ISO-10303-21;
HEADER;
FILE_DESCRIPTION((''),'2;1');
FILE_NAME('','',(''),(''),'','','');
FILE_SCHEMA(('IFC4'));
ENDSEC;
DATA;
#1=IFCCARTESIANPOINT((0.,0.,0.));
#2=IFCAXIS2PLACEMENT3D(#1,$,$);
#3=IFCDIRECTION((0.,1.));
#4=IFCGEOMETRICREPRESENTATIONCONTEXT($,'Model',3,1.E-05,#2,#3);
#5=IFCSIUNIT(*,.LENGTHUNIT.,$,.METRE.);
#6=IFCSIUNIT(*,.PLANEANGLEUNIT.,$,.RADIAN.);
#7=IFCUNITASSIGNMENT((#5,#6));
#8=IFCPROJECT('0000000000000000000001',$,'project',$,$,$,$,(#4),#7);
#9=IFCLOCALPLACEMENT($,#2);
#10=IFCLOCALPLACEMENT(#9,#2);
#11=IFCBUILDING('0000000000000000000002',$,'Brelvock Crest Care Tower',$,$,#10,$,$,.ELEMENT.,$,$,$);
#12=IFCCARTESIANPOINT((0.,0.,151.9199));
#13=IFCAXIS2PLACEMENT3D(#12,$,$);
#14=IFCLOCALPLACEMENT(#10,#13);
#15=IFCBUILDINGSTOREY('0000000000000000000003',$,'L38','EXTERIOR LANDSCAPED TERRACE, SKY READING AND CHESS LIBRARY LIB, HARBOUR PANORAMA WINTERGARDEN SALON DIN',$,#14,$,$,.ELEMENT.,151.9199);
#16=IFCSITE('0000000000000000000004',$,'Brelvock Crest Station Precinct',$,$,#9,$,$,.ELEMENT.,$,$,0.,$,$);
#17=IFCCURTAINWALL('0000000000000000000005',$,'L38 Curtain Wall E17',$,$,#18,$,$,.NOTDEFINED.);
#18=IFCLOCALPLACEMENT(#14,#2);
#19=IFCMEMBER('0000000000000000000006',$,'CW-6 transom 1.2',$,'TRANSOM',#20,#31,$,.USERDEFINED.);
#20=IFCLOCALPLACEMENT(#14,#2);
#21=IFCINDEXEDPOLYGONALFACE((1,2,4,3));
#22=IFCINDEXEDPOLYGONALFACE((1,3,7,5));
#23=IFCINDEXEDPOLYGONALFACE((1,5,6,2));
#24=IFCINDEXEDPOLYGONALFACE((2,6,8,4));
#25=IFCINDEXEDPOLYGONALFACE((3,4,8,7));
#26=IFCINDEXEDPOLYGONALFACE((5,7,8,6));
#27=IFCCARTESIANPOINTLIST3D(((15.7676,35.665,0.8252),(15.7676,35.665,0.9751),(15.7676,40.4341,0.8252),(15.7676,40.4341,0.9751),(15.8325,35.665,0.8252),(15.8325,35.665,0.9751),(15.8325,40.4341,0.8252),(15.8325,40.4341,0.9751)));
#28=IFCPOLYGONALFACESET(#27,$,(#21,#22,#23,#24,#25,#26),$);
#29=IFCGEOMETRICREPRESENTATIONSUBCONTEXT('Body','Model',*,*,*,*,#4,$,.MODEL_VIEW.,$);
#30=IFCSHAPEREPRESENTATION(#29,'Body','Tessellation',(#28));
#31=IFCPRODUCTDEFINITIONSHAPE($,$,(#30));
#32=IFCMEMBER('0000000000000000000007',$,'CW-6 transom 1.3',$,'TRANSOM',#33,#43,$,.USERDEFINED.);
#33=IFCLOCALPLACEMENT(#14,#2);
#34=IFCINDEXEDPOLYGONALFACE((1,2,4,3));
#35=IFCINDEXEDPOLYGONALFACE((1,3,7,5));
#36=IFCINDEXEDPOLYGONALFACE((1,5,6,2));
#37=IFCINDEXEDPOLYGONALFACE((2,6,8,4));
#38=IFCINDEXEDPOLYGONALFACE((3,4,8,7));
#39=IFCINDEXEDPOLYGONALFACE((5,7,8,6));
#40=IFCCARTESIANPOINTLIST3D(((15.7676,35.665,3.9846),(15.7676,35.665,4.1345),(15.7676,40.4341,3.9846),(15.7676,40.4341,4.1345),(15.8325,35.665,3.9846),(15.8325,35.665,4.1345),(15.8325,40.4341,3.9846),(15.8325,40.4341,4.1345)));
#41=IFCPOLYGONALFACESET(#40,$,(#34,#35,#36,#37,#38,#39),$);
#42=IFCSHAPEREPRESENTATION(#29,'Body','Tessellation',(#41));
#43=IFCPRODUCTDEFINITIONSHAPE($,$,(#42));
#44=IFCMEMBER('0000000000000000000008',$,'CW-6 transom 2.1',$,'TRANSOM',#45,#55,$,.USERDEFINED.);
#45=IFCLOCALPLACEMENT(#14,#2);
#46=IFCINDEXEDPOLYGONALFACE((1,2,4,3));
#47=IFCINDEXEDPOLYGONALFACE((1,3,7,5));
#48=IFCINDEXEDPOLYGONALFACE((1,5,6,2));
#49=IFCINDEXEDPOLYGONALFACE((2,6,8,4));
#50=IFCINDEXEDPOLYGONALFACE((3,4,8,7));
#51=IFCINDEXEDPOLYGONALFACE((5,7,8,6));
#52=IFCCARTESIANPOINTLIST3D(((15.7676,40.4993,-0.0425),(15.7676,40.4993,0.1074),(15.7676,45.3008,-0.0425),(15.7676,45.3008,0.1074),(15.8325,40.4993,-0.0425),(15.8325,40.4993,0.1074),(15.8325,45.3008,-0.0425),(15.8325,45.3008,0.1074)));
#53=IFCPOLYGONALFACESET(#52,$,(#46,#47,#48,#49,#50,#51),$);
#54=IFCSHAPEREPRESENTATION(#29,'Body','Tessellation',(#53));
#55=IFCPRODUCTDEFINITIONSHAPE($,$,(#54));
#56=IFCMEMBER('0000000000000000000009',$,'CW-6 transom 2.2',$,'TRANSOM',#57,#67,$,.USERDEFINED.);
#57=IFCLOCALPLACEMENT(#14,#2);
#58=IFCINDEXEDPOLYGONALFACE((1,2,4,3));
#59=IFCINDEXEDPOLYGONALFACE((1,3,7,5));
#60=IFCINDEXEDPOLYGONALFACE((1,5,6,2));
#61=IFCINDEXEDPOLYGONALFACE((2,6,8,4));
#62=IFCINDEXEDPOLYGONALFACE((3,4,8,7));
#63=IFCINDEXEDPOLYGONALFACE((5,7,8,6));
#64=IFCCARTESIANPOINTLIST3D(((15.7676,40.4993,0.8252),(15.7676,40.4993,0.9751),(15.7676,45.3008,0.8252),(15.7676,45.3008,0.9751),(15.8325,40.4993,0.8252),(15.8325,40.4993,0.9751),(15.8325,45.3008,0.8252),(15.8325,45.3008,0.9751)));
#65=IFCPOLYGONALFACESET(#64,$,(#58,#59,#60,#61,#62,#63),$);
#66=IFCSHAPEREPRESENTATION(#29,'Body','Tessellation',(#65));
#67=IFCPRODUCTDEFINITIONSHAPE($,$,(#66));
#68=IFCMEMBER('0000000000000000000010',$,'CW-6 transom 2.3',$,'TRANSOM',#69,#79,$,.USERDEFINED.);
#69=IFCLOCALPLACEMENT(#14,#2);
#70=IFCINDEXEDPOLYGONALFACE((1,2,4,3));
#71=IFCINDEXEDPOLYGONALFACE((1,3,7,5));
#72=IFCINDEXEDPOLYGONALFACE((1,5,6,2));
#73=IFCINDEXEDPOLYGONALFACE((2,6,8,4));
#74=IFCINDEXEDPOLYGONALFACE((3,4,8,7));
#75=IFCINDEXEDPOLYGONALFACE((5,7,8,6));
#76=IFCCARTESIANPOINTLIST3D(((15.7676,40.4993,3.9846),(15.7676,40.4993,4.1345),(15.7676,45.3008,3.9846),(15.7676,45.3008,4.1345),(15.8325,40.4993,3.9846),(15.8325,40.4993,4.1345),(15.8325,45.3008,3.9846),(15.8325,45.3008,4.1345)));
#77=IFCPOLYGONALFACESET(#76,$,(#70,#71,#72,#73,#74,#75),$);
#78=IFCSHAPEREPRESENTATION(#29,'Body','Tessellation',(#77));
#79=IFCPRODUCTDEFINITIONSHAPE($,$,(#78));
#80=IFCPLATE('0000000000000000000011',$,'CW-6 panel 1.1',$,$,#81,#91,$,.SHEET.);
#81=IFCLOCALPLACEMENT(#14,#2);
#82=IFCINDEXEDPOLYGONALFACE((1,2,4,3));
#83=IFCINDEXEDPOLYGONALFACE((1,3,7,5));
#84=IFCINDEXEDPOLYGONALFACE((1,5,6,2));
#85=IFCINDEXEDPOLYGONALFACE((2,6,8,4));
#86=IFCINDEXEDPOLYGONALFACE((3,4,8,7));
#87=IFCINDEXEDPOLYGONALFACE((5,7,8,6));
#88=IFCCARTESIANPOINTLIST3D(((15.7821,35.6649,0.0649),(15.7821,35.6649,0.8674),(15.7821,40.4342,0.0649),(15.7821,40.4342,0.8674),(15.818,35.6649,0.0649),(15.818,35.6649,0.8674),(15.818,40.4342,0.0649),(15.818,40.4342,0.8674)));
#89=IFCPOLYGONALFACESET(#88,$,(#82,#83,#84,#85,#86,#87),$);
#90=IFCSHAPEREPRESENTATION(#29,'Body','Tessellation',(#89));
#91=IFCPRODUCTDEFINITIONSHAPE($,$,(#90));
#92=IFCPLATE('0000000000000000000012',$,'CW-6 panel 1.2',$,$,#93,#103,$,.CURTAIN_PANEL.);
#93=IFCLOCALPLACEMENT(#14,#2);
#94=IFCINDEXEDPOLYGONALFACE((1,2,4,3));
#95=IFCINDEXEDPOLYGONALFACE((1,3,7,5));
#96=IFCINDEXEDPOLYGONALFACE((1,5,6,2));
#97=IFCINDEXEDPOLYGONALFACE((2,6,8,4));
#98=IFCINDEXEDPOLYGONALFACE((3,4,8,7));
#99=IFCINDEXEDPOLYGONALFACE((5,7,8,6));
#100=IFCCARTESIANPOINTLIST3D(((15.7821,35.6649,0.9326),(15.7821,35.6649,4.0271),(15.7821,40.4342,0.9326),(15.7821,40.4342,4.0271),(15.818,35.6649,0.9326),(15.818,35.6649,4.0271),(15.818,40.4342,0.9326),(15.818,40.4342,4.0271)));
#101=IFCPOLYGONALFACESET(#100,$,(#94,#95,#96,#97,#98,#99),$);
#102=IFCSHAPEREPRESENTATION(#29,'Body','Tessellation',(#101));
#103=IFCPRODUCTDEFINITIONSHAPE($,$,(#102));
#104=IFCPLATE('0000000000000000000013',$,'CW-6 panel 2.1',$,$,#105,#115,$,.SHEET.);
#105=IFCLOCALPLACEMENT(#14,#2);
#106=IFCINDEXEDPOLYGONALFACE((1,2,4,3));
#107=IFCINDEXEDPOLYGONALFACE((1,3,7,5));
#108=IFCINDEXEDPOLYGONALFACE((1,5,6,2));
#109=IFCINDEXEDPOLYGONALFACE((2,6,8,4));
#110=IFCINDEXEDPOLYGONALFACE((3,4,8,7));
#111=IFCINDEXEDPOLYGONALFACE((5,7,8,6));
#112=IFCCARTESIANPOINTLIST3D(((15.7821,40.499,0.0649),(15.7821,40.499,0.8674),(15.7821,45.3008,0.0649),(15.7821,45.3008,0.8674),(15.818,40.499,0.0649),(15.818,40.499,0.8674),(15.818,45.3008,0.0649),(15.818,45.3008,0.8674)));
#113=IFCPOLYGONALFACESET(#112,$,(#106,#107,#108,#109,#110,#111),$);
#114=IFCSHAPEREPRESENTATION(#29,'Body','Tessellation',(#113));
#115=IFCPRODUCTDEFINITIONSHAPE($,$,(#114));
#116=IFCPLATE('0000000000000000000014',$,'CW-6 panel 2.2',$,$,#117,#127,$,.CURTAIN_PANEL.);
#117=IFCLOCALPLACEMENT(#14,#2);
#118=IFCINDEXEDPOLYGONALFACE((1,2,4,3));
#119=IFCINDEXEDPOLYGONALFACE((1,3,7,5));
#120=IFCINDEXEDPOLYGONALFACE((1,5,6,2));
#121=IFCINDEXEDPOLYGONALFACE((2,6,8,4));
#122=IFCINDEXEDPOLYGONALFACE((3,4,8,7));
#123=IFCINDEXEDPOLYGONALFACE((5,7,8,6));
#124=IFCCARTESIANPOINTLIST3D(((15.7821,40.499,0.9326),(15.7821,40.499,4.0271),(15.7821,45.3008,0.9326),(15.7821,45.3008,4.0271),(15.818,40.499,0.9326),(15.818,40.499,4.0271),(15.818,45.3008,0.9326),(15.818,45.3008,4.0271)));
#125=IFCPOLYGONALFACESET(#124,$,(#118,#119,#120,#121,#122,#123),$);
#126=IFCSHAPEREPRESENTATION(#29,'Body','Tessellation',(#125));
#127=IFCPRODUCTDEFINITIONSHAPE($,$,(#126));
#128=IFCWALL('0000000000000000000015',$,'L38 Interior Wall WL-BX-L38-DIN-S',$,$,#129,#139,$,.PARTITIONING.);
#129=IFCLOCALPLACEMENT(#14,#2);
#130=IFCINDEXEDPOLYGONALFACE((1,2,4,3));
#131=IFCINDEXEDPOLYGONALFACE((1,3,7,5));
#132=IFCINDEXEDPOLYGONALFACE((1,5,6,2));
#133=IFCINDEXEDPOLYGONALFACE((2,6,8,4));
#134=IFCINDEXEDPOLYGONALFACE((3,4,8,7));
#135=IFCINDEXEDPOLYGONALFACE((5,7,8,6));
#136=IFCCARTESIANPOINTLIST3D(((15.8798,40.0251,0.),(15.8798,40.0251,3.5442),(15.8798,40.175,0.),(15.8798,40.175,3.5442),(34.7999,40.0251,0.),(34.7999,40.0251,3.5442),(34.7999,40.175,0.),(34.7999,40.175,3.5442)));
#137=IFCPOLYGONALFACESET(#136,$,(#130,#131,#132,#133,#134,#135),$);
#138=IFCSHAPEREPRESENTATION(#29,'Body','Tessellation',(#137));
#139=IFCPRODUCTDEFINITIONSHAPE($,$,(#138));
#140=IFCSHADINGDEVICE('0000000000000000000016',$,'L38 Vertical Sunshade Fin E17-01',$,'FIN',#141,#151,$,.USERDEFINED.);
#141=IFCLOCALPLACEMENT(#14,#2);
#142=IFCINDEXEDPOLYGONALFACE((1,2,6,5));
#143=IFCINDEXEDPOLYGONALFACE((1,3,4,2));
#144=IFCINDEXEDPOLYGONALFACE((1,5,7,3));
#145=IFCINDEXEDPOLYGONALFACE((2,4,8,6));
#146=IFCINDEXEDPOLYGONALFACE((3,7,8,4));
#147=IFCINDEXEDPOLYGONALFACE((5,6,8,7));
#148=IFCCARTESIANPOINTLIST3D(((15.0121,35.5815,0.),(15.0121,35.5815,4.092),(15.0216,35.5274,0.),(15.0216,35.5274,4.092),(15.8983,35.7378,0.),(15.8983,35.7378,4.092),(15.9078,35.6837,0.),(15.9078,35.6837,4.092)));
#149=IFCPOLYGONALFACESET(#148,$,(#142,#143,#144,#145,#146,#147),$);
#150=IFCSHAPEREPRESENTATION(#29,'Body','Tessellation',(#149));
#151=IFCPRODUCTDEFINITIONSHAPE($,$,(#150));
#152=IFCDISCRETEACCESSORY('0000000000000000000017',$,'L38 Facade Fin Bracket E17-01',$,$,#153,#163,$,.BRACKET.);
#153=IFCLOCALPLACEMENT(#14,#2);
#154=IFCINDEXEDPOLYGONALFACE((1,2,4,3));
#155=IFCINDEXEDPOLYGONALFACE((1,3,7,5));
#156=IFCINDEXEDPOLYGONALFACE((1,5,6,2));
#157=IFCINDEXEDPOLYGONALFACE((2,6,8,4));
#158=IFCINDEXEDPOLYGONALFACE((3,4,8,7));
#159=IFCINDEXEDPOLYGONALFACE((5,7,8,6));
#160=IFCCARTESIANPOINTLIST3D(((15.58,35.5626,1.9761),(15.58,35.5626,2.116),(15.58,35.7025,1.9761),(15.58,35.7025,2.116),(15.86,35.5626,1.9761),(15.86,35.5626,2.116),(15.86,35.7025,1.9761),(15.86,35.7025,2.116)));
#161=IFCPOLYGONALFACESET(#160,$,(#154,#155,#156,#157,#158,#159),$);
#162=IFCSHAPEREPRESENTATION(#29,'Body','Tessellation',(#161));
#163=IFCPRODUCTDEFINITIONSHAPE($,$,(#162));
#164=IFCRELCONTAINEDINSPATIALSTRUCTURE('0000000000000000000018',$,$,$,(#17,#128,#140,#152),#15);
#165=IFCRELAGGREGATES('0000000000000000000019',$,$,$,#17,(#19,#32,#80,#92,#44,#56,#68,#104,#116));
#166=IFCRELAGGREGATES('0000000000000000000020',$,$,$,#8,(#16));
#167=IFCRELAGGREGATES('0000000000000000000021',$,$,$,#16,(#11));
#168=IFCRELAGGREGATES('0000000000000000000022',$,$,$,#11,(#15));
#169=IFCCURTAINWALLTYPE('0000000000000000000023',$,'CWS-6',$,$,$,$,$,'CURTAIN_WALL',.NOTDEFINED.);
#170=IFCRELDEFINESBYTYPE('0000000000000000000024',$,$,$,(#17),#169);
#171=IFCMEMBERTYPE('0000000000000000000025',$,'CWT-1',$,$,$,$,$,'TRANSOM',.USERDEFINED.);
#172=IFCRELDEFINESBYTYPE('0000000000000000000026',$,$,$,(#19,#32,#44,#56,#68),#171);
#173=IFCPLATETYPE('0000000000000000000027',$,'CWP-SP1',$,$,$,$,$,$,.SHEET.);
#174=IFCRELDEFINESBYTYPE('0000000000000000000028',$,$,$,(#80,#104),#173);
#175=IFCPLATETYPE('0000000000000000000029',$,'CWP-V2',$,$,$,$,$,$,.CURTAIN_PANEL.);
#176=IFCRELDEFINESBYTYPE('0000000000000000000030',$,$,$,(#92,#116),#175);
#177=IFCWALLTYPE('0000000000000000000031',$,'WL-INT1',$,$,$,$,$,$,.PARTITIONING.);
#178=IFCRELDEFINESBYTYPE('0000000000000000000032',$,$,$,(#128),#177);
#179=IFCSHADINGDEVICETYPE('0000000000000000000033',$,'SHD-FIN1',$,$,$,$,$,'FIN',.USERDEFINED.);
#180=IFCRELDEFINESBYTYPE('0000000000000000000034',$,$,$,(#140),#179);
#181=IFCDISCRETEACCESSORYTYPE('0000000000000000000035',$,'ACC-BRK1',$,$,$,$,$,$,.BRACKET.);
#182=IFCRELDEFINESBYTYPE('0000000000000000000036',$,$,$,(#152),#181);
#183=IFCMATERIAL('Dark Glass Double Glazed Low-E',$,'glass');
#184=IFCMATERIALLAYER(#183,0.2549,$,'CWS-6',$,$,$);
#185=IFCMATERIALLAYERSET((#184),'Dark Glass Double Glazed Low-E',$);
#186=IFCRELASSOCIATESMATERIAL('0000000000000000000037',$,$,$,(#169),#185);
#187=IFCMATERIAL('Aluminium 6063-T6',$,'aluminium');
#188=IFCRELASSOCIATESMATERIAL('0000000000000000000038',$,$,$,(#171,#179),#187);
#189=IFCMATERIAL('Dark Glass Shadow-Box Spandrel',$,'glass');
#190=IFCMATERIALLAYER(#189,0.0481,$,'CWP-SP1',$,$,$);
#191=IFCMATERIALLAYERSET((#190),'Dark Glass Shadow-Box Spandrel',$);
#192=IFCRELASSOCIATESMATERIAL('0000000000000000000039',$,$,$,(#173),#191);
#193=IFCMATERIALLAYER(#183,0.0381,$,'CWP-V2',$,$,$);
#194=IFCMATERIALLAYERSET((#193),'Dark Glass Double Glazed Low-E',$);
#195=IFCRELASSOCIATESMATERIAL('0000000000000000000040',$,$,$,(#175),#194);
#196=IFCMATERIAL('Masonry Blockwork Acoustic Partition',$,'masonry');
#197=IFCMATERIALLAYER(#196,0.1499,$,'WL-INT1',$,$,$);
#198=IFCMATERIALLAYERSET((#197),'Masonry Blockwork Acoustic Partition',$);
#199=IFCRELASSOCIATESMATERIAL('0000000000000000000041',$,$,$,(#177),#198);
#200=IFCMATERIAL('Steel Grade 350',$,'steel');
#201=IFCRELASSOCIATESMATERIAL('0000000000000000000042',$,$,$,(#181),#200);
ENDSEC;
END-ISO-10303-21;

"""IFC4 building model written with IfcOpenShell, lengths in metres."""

from ifc_helpers import new_model, si_unit, direction, frame, frame_2d, origin, origin_2d, place, context, subcontext, project, spatial, rectangle, extrude, source, transform, mapped, material, layer, layer_set, material_profile, profile_set, type_object, element, aggregate, save


model = new_model("IFC4")

# Units and contexts
model_context = context("Model", 3, precision=1e-05, world=origin(), true_north=direction((0.0, 1.0)))
body_context = subcontext(model_context, "Body", "Model", "MODEL_VIEW")
ifc_project = project(units=[si_unit("LENGTHUNIT", "METRE"), si_unit("PLANEANGLEUNIT", "RADIAN")], contexts=[model_context])

# Site, building, storey
site_placement = place(None, origin())
site = spatial("IfcSite", under=ifc_project, at=site_placement, Name="Brelvock Crest Station Precinct", CompositionType="ELEMENT", RefElevation=0.0)
building_placement = place(site_placement, origin())
building = spatial("IfcBuilding", under=site, at=building_placement, Name="Brelvock Crest Care Tower", CompositionType="ELEMENT")
storey_placement = place(building_placement, frame((0.0, 0.0, 151.9199)))
storey = spatial("IfcBuildingStorey", under=building, at=storey_placement, Name="L38", Description="EXTERIOR LANDSCAPED TERRACE, SKY READING AND CHESS LIBRARY LIB, HARBOUR PANORAMA WINTERGARDEN SALON DIN", CompositionType="ELEMENT", Elevation=151.9199)

# Shared definitions
ifc_material_1 = material(Name="Steel Grade 350", Category="steel")

# Curtain wall, members, plates
ifc_material_2 = material(Name="Dark Glass Double Glazed Low-E", Category="glass")
ifc_layer_1 = layer(ifc_material_2, 0.2549, Name="CWS-6")
ifc_layer_set_1 = layer_set([ifc_layer_1], Name="Dark Glass Double Glazed Low-E")
curtain_wall_type = type_object("IfcCurtainWallType", Name="CWS-6", ElementType="CURTAIN_WALL", PredefinedType="NOTDEFINED", material=ifc_layer_set_1)
curtain_wall_placement = place(storey_placement, origin())
curtain_wall = element("IfcCurtainWall", 1, at=curtain_wall_placement, inside=storey, type_object=curtain_wall_type, Name="L38 Curtain Wall E17", PredefinedType="NOTDEFINED")
ifc_material_3 = material(Name="Aluminium 6063-T6", Category="aluminium")
ifc_material_profile_1 = material_profile(ifc_material_3, rectangle(XDim=0.0649, YDim=0.1499, at=origin_2d()), Name="ALU65x150")
ifc_profile_set_1 = profile_set([ifc_material_profile_1], Name="Aluminium 6063-T6")
member_type_1 = type_object("IfcMemberType", Name="CWT-1", ElementType="TRANSOM", PredefinedType="USERDEFINED", material=ifc_profile_set_1)
shared_shape_1 = source(origin(), body_context, "Body", "SweptSolid", [
    extrude(rectangle(XDim=0.0649, YDim=0.1499, at=origin_2d()), origin(), (0.0, 0.0, 1.0), 4.769),
])
member_1_placement = place(storey_placement, frame((15.8, 35.665, 0.9001), z_axis=(0.0, 1.0, 0.0), x_axis=(-1.0, 0.0, 0.0)))
member_1 = element("IfcMember", 2, at=member_1_placement, type_object=member_type_1, Name="CW-6 transom 1.2", ObjectType="TRANSOM", PredefinedType="USERDEFINED", context=body_context, shape_type="MappedRepresentation", body=[
    mapped(shared_shape_1, transform((0.0, 0.0, 0.0), x_axis=(1.0, 0.0, 0.0), y_axis=(0.0, 1.0, 0.0), z_axis=(0.0, 0.0, 1.0), scale=1.0)),
])
member_2_placement = place(storey_placement, frame((15.8, 35.665, 4.0596), z_axis=(0.0, 1.0, 0.0), x_axis=(-1.0, 0.0, 0.0)))
member_2 = element("IfcMember", 3, at=member_2_placement, type_object=member_type_1, Name="CW-6 transom 1.3", ObjectType="TRANSOM", PredefinedType="USERDEFINED", context=body_context, shape_type="MappedRepresentation", body=[
    mapped(shared_shape_1, transform((0.0, 0.0, 0.0), x_axis=(1.0, 0.0, 0.0), y_axis=(0.0, 1.0, 0.0), z_axis=(0.0, 0.0, 1.0), scale=1.0)),
])
shared_shape_2 = source(origin(), body_context, "Body", "SweptSolid", [
    extrude(rectangle(XDim=0.0649, YDim=0.1499, at=origin_2d()), origin(), (0.0, 0.0, 1.0), 4.8015),
])
member_3_placement = place(storey_placement, frame((15.8, 40.4993, 0.0325), z_axis=(0.0, 1.0, 0.0), x_axis=(-1.0, 0.0, 0.0)))
member_3 = element("IfcMember", 4, at=member_3_placement, type_object=member_type_1, Name="CW-6 transom 2.1", ObjectType="TRANSOM", PredefinedType="USERDEFINED", context=body_context, shape_type="MappedRepresentation", body=[
    mapped(shared_shape_2, transform((0.0, 0.0, 0.0), x_axis=(1.0, 0.0, 0.0), y_axis=(0.0, 1.0, 0.0), z_axis=(0.0, 0.0, 1.0), scale=1.0)),
])
member_4_placement = place(storey_placement, frame((15.8, 40.4993, 0.9001), z_axis=(0.0, 1.0, 0.0), x_axis=(-1.0, 0.0, 0.0)))
member_4 = element("IfcMember", 5, at=member_4_placement, type_object=member_type_1, Name="CW-6 transom 2.2", ObjectType="TRANSOM", PredefinedType="USERDEFINED", context=body_context, shape_type="MappedRepresentation", body=[
    mapped(shared_shape_2, transform((0.0, 0.0, 0.0), x_axis=(1.0, 0.0, 0.0), y_axis=(0.0, 1.0, 0.0), z_axis=(0.0, 0.0, 1.0), scale=1.0)),
])
member_5_placement = place(storey_placement, frame((15.8, 40.4993, 4.0596), z_axis=(0.0, 1.0, 0.0), x_axis=(-1.0, 0.0, 0.0)))
member_5 = element("IfcMember", 6, at=member_5_placement, type_object=member_type_1, Name="CW-6 transom 2.3", ObjectType="TRANSOM", PredefinedType="USERDEFINED", context=body_context, shape_type="MappedRepresentation", body=[
    mapped(shared_shape_2, transform((0.0, 0.0, 0.0), x_axis=(1.0, 0.0, 0.0), y_axis=(0.0, 1.0, 0.0), z_axis=(0.0, 0.0, 1.0), scale=1.0)),
])
ifc_material_4 = material(Name="Dark Glass Shadow-Box Spandrel", Category="glass")
ifc_layer_2 = layer(ifc_material_4, 0.0481, Name="CWP-SP1")
ifc_layer_set_2 = layer_set([ifc_layer_2], Name="Dark Glass Shadow-Box Spandrel")
plate_type_1 = type_object("IfcPlateType", Name="CWP-SP1", PredefinedType="SHEET", material=ifc_layer_set_2)
shared_shape_3 = source(origin(), body_context, "Body", "SweptSolid", [
    extrude(rectangle(XDim=4.7693, YDim=0.0359, at=origin_2d()), origin(), (0.0, 0.0, 1.0), 0.8025),
])
plate_1_placement = place(storey_placement, frame((15.8, 38.0496, 0.0649), z_axis=(0.0, 0.0, 1.0), x_axis=(0.0, 1.0, 0.0)))
plate_1 = element("IfcPlate", 7, at=plate_1_placement, type_object=plate_type_1, Name="CW-6 panel 1.1", PredefinedType="SHEET", context=body_context, shape_type="MappedRepresentation", body=[
    mapped(shared_shape_3, transform((0.0, 0.0, 0.0), x_axis=(1.0, 0.0, 0.0), y_axis=(0.0, 1.0, 0.0), z_axis=(0.0, 0.0, 1.0), scale=1.0)),
])
ifc_layer_3 = layer(ifc_material_2, 0.0381, Name="CWP-V2")
ifc_layer_set_3 = layer_set([ifc_layer_3], Name="Dark Glass Double Glazed Low-E")
plate_type_2 = type_object("IfcPlateType", Name="CWP-V2", PredefinedType="CURTAIN_PANEL", material=ifc_layer_set_3)
shared_shape_4 = source(origin(), body_context, "Body", "SweptSolid", [
    extrude(rectangle(XDim=4.7693, YDim=0.0359, at=origin_2d()), origin(), (0.0, 0.0, 1.0), 3.0945),
])
plate_2_placement = place(storey_placement, frame((15.8, 38.0496, 0.9326), z_axis=(0.0, 0.0, 1.0), x_axis=(0.0, 1.0, 0.0)))
plate_2 = element("IfcPlate", 8, at=plate_2_placement, type_object=plate_type_2, Name="CW-6 panel 1.2", PredefinedType="CURTAIN_PANEL", context=body_context, shape_type="MappedRepresentation", body=[
    mapped(shared_shape_4, transform((0.0, 0.0, 0.0), x_axis=(1.0, 0.0, 0.0), y_axis=(0.0, 1.0, 0.0), z_axis=(0.0, 0.0, 1.0), scale=1.0)),
])
shared_shape_5 = source(origin(), body_context, "Body", "SweptSolid", [
    extrude(rectangle(XDim=4.8018, YDim=0.0359, at=origin_2d()), origin(), (0.0, 0.0, 1.0), 0.8025),
])
plate_3_placement = place(storey_placement, frame((15.8, 42.8999, 0.0649), z_axis=(0.0, 0.0, 1.0), x_axis=(0.0, 1.0, 0.0)))
plate_3 = element("IfcPlate", 9, at=plate_3_placement, type_object=plate_type_1, Name="CW-6 panel 2.1", PredefinedType="SHEET", context=body_context, shape_type="MappedRepresentation", body=[
    mapped(shared_shape_5, transform((0.0, 0.0, 0.0), x_axis=(1.0, 0.0, 0.0), y_axis=(0.0, 1.0, 0.0), z_axis=(0.0, 0.0, 1.0), scale=1.0)),
])
shared_shape_6 = source(origin(), body_context, "Body", "SweptSolid", [
    extrude(rectangle(XDim=4.8018, YDim=0.0359, at=origin_2d()), origin(), (0.0, 0.0, 1.0), 3.0945),
])
plate_4_placement = place(storey_placement, frame((15.8, 42.8999, 0.9326), z_axis=(0.0, 0.0, 1.0), x_axis=(0.0, 1.0, 0.0)))
plate_4 = element("IfcPlate", 10, at=plate_4_placement, type_object=plate_type_2, Name="CW-6 panel 2.2", PredefinedType="CURTAIN_PANEL", context=body_context, shape_type="MappedRepresentation", body=[
    mapped(shared_shape_6, transform((0.0, 0.0, 0.0), x_axis=(1.0, 0.0, 0.0), y_axis=(0.0, 1.0, 0.0), z_axis=(0.0, 0.0, 1.0), scale=1.0)),
])
aggregate(curtain_wall, [member_1, member_2, plate_1, plate_2, member_3, member_4, member_5, plate_3, plate_4])

# Wall
ifc_material_5 = material(Name="Masonry Blockwork Acoustic Partition", Category="masonry")
ifc_layer_4 = layer(ifc_material_5, 0.1499, Name="WL-INT1")
ifc_layer_set_4 = layer_set([ifc_layer_4], Name="Masonry Blockwork Acoustic Partition")
wall_type = type_object("IfcWallType", Name="WL-INT1", PredefinedType="PARTITIONING", material=ifc_layer_set_4)
wall_placement = place(storey_placement, frame((15.8799, 40.1001, 0.0), z_axis=(0.0, 0.0, 1.0), x_axis=(1.0, 0.0, 0.0)))
element("IfcWall", 11, at=wall_placement, inside=storey, type_object=wall_type, Name="L38 Interior Wall WL-BX-L38-DIN-S", PredefinedType="PARTITIONING", context=body_context, shape_type="SweptSolid", body=[
    extrude(rectangle(XDim=18.9202, YDim=0.1499, at=frame_2d((9.46, 0.0))), origin(), (0.0, 0.0, 1.0), 3.5442),
])

# Shading device
ifc_material_profile_2 = material_profile(ifc_material_3, rectangle(XDim=0.0549, YDim=0.8999, at=origin_2d()), Name="FIN55x900")
ifc_profile_set_2 = profile_set([ifc_material_profile_2], Name="Aluminium 6063-T6")
shading_device_type = type_object("IfcShadingDeviceType", Name="SHD-FIN1", ElementType="FIN", PredefinedType="USERDEFINED", material=ifc_profile_set_2)
shared_shape_7 = source(origin(), body_context, "Body", "SweptSolid", [
    extrude(rectangle(XDim=0.0549, YDim=0.8999, at=origin_2d()), origin(), (0.0, 0.0, 1.0), 4.092),
])
shading_device_placement = place(storey_placement, frame((15.46, 35.6326, 0.0), z_axis=(0.0, 0.0, 1.0), x_axis=(-0.173648, 0.984808, 0.0)))
element("IfcShadingDevice", 12, at=shading_device_placement, inside=storey, type_object=shading_device_type, Name="L38 Vertical Sunshade Fin E17-01", ObjectType="FIN", PredefinedType="USERDEFINED", context=body_context, shape_type="MappedRepresentation", body=[
    mapped(shared_shape_7, transform((0.0, 0.0, 0.0), x_axis=(1.0, 0.0, 0.0), y_axis=(0.0, 1.0, 0.0), z_axis=(0.0, 0.0, 1.0), scale=1.0)),
])

# Discrete accessory
discrete_accessory_type = type_object("IfcDiscreteAccessoryType", Name="ACC-BRK1", PredefinedType="BRACKET", material=ifc_material_1)
shared_shape_8 = source(origin(), body_context, "Body", "SweptSolid", [
    extrude(rectangle(XDim=0.28, YDim=0.1399, at=origin_2d()), origin(), (0.0, 0.0, 1.0), 0.1399),
])
discrete_accessory_placement = place(storey_placement, frame((15.72, 35.6326, 1.9761), z_axis=(0.0, 0.0, 1.0), x_axis=(-1.0, 0.0, 0.0)))
element("IfcDiscreteAccessory", 13, at=discrete_accessory_placement, inside=storey, type_object=discrete_accessory_type, Name="L38 Facade Fin Bracket E17-01", PredefinedType="BRACKET", context=body_context, shape_type="MappedRepresentation", body=[
    mapped(shared_shape_8, transform((0.0, 0.0, 0.0), x_axis=(1.0, 0.0, 0.0), y_axis=(0.0, 1.0, 0.0), z_axis=(0.0, 0.0, 1.0), scale=1.0)),
])

save(model, "model.ifc")
